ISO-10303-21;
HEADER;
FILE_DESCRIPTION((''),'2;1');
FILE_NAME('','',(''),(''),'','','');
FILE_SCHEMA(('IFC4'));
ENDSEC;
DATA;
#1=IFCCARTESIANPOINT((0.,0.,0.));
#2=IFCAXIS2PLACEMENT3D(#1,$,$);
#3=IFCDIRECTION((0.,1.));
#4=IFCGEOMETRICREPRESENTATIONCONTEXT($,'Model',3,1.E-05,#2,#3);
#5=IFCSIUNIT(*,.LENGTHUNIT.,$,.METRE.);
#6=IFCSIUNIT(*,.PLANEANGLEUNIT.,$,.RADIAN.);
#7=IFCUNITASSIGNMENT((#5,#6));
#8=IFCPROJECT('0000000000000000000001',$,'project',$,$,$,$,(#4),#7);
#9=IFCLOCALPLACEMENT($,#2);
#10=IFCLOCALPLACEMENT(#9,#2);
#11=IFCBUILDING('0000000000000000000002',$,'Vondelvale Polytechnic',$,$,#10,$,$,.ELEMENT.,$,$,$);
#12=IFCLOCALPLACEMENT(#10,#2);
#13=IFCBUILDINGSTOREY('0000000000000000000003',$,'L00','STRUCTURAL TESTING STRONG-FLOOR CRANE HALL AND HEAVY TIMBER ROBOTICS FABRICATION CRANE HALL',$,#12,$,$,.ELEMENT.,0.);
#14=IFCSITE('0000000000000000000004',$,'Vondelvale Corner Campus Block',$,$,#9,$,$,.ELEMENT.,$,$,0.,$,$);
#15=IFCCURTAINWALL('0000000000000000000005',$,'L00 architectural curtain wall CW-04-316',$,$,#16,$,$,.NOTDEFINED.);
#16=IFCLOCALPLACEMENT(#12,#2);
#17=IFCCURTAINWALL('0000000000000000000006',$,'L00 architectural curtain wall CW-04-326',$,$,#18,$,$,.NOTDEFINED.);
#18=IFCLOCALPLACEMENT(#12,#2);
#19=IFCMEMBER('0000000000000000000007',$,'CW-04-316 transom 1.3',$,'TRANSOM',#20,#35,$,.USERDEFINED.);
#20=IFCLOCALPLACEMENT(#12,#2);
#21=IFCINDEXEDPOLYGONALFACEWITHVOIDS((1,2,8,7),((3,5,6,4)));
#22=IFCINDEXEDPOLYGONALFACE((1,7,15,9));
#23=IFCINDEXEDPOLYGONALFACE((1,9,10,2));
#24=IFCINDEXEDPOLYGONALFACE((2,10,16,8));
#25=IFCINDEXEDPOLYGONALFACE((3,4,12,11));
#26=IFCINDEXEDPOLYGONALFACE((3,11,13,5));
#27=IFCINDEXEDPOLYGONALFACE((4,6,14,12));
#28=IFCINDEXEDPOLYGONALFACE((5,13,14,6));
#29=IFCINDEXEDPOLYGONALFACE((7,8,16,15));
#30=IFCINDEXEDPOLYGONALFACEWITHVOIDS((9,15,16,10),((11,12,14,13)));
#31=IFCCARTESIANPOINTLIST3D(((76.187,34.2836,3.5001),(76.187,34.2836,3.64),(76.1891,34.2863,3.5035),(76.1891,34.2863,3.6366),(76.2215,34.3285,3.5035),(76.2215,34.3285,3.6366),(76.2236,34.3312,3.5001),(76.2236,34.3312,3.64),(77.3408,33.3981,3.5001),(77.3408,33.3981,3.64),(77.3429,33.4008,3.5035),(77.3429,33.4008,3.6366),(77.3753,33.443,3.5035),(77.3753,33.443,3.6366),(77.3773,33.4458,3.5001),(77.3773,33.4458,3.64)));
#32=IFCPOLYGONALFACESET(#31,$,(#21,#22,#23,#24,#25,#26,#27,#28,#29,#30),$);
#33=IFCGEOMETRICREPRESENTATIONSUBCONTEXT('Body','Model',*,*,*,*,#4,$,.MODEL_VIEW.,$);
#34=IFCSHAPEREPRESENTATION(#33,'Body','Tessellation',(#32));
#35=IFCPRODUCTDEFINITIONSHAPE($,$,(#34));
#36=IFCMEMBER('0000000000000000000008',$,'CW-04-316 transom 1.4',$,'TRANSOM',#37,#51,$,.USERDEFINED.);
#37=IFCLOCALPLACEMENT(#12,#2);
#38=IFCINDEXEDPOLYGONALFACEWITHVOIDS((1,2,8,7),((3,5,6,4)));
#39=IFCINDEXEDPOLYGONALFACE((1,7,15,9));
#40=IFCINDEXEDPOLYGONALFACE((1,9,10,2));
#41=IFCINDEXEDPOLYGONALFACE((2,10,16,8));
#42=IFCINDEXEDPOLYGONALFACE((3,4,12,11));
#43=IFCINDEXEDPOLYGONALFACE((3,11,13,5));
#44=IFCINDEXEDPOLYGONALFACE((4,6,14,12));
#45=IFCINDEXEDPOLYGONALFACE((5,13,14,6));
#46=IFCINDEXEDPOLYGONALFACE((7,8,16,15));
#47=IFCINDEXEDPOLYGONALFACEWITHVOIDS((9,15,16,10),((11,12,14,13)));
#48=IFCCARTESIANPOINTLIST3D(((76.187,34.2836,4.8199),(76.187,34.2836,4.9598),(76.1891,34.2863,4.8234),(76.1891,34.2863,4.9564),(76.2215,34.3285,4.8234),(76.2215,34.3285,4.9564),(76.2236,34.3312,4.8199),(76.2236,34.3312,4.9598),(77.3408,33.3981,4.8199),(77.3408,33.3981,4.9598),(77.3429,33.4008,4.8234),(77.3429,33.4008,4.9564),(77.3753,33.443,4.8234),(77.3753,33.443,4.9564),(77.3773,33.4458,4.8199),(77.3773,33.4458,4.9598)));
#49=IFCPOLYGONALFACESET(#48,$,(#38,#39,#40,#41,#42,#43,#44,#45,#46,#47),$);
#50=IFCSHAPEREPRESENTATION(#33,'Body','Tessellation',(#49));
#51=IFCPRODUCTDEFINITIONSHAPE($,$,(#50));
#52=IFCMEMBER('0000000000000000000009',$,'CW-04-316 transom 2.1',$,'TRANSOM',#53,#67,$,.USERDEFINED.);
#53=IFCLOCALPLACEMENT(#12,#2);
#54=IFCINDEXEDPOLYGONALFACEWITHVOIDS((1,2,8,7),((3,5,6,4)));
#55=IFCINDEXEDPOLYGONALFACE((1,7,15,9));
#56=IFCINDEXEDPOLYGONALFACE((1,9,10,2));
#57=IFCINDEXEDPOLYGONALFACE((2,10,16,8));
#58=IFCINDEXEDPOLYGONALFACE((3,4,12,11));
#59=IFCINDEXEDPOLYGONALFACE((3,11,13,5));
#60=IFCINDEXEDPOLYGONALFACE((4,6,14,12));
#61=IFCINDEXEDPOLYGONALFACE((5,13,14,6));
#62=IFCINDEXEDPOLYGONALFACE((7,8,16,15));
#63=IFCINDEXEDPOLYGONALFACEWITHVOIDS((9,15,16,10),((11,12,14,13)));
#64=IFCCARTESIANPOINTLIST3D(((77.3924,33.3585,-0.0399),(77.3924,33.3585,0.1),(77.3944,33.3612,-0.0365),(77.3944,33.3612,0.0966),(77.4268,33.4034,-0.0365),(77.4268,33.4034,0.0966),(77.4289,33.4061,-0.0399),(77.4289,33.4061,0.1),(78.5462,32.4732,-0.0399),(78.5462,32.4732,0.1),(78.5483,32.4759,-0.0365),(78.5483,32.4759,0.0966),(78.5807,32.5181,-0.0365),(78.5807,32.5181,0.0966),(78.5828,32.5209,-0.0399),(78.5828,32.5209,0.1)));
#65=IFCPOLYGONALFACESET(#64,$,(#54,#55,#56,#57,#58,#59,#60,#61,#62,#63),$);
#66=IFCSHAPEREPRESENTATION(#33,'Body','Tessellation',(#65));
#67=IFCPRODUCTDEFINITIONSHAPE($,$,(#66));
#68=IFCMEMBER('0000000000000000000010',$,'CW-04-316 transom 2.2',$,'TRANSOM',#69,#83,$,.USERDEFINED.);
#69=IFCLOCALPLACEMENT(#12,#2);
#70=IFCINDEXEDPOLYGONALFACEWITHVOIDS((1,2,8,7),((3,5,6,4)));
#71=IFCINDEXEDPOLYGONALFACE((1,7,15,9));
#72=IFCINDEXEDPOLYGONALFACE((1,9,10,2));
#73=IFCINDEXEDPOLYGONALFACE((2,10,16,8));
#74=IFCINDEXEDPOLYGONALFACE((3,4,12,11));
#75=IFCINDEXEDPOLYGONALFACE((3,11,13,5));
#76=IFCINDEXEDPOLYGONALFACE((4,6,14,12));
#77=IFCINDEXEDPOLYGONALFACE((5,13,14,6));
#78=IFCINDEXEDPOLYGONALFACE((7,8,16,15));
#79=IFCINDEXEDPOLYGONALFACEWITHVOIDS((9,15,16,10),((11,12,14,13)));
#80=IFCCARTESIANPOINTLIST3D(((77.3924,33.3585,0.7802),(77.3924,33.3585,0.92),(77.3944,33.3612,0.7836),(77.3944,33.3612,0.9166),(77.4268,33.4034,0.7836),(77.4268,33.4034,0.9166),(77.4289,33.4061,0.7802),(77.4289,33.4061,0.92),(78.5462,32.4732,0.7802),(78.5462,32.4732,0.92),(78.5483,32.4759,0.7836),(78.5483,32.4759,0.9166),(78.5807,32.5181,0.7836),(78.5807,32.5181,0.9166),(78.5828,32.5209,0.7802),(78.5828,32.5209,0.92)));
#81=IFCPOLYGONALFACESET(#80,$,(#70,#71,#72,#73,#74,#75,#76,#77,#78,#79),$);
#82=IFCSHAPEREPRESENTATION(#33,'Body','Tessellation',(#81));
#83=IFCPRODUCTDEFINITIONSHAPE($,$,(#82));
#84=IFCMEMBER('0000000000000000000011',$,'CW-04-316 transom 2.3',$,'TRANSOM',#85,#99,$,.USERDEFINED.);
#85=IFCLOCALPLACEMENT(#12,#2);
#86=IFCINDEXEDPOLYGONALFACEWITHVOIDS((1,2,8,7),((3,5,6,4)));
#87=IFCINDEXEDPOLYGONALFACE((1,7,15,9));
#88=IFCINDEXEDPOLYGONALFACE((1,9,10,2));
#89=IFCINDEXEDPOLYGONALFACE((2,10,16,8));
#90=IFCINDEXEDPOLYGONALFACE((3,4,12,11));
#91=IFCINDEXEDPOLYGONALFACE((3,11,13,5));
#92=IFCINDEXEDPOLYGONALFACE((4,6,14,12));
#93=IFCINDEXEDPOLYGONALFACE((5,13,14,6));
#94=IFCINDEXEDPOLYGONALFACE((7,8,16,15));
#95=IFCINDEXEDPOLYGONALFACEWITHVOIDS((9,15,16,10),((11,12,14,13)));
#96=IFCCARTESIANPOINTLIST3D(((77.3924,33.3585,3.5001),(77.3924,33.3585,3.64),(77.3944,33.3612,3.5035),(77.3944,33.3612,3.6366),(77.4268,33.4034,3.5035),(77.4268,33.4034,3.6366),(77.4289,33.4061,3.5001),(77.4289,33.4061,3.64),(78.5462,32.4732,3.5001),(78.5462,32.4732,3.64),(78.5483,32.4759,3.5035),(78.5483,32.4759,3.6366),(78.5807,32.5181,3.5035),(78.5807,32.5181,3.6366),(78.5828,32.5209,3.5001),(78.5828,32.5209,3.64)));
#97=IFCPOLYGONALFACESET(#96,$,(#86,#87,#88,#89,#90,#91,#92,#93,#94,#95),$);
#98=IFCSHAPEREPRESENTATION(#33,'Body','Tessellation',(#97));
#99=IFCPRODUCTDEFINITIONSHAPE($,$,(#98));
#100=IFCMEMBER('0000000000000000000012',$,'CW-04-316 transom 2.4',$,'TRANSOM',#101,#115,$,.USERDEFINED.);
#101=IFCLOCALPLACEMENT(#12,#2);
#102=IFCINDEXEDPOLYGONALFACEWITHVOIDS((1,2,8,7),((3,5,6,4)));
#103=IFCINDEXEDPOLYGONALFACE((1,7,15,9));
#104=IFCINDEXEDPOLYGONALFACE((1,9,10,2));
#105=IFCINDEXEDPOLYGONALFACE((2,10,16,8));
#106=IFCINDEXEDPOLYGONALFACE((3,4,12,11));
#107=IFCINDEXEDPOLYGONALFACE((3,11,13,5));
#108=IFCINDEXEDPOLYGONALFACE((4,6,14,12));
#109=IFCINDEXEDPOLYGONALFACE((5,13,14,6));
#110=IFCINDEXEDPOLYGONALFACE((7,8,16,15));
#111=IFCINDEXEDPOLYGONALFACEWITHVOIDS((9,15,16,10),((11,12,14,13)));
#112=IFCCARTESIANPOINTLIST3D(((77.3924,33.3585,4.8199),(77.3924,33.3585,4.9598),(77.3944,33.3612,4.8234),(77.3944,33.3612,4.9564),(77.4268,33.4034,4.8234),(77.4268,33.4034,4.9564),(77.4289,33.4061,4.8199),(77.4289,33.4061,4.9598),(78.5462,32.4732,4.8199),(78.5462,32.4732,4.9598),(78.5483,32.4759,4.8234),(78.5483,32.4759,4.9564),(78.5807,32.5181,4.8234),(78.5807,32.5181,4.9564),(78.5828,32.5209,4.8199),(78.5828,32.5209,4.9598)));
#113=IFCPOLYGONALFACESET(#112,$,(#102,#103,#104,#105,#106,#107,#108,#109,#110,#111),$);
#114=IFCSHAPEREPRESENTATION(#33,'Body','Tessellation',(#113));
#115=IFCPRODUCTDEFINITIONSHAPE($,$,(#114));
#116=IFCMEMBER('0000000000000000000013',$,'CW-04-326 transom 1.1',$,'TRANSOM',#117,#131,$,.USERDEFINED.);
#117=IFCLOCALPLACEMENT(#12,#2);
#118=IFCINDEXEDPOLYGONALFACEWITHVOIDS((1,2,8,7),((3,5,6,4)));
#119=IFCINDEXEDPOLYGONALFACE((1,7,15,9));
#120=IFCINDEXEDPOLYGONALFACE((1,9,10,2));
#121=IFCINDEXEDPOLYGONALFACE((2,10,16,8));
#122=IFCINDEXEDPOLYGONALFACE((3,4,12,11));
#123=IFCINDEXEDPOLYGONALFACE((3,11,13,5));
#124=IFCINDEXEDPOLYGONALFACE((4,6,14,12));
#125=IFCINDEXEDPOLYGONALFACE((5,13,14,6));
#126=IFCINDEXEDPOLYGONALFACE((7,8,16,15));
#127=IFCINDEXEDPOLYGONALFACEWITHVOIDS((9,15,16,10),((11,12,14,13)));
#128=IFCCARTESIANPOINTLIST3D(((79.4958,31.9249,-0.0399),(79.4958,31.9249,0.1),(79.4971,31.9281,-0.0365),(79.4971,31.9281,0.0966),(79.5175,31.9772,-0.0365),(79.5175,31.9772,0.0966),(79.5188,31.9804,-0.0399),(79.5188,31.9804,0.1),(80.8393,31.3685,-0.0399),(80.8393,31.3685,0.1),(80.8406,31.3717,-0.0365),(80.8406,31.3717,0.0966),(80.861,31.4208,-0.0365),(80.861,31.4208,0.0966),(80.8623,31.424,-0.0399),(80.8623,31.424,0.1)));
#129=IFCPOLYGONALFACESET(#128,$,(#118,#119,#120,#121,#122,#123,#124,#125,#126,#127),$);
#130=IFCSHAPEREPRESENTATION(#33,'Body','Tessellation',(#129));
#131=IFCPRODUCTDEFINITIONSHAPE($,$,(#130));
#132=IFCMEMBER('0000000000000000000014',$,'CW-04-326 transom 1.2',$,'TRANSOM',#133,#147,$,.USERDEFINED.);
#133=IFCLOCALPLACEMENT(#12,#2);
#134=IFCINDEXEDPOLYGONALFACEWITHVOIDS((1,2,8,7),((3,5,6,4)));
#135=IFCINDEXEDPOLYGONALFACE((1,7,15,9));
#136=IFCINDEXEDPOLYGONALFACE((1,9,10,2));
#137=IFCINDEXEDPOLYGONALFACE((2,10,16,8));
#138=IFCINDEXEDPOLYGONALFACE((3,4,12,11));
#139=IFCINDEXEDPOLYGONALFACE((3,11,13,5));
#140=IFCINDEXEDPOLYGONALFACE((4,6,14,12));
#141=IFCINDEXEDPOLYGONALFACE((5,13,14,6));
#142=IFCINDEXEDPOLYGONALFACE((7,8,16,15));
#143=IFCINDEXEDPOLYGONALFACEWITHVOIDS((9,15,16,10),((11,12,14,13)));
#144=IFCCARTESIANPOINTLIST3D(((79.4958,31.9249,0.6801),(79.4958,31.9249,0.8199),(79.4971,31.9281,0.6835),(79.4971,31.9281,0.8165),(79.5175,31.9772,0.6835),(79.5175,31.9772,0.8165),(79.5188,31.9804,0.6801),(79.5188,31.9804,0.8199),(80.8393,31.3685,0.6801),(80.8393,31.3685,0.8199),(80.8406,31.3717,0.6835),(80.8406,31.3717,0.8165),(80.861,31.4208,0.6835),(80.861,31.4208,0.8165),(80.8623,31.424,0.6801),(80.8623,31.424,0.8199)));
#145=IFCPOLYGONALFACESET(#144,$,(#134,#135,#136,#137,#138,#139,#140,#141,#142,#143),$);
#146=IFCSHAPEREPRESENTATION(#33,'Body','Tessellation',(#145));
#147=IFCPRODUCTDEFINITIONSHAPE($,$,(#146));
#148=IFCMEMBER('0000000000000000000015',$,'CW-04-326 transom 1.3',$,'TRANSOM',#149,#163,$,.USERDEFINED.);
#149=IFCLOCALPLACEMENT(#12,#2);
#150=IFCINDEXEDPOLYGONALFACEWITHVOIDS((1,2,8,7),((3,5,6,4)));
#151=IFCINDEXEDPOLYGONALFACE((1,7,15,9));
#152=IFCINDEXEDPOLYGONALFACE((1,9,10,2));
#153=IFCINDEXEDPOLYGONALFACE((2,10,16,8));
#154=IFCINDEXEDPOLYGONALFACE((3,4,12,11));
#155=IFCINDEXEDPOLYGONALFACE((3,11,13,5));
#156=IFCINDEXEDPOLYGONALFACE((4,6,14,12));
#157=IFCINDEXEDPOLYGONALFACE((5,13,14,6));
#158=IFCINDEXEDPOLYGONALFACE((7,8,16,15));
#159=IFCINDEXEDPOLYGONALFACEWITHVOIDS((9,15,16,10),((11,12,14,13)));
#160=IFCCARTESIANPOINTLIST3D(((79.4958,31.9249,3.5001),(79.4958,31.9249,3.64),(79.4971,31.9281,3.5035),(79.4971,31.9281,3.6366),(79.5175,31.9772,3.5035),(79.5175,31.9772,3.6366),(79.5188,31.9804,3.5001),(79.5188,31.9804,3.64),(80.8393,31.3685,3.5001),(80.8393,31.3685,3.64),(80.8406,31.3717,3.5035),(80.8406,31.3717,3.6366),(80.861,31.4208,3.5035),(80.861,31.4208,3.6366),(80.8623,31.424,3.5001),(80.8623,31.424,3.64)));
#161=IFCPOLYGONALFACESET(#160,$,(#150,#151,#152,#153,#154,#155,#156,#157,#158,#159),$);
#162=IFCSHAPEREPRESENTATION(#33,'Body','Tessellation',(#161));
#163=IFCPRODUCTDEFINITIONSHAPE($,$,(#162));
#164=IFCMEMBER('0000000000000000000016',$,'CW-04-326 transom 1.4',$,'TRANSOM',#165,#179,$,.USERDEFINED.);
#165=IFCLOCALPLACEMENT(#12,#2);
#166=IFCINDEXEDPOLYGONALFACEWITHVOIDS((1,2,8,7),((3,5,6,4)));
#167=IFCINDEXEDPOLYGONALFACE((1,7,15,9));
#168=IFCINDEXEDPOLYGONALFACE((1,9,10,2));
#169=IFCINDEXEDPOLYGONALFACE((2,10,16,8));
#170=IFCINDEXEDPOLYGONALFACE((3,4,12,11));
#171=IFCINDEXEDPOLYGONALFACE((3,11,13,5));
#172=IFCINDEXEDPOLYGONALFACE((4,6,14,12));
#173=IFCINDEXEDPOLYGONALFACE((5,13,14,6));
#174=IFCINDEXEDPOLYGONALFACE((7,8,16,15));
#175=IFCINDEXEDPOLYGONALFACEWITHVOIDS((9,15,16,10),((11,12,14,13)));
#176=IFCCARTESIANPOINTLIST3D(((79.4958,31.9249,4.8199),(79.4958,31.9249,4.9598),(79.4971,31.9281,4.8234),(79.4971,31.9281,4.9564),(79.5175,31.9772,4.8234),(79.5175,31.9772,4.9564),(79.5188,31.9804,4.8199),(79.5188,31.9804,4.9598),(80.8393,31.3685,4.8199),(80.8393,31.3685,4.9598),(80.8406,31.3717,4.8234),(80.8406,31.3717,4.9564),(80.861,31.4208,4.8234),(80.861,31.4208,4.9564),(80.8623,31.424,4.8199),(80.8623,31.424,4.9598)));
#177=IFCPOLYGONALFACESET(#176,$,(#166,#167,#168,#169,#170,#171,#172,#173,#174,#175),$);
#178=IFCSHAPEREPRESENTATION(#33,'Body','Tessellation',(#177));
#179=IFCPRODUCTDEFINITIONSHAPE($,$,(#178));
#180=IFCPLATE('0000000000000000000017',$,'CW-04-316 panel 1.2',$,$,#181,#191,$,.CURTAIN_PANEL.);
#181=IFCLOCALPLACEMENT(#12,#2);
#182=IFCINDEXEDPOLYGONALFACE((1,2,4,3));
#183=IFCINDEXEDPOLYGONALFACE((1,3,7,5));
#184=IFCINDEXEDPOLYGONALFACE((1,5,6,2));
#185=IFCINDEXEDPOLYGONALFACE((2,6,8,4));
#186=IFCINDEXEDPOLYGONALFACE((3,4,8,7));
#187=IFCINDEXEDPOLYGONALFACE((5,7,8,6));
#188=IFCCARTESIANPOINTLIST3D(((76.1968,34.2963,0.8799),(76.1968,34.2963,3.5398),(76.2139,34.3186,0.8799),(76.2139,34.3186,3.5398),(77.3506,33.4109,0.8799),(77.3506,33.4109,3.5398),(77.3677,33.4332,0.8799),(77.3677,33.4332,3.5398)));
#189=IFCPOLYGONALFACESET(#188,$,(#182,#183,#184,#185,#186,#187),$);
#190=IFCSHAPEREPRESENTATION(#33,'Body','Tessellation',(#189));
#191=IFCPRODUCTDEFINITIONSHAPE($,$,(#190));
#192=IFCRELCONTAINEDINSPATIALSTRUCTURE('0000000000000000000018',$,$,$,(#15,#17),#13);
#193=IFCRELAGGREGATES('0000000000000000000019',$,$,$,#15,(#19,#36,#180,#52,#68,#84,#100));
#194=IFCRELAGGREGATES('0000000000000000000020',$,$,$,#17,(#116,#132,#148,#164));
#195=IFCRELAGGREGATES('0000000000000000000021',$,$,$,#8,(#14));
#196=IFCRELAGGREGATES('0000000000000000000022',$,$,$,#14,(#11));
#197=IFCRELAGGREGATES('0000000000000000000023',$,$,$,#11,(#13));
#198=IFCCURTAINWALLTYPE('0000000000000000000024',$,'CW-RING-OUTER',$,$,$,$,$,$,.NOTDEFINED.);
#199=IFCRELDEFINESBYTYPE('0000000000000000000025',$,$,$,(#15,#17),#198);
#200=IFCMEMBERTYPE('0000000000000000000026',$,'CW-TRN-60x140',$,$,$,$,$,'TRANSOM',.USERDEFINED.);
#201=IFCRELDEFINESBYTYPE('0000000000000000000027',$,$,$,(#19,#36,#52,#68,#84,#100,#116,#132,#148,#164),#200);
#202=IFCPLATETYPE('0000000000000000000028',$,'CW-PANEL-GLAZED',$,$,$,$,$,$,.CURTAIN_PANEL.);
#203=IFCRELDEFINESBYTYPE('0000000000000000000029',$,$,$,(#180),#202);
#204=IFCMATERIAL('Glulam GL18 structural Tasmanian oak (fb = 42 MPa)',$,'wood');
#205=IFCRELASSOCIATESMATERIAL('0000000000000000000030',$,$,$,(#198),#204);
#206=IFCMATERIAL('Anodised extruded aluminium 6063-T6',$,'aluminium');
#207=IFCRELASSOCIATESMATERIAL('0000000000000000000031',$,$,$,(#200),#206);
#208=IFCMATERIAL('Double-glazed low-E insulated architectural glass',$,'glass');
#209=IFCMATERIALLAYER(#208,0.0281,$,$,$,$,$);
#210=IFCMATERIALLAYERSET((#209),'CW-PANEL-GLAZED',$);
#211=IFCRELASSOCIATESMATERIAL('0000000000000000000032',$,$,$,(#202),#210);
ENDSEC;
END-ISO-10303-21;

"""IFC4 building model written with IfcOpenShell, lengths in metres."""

from ifc_helpers import new_model, si_unit, direction, frame, origin, origin_2d, place, context, subcontext, project, spatial, rectangle, hollow_rectangle, extrude, material, layer, layer_set, material_profile, profile_set, type_object, element, aggregate, save


model = new_model("IFC4")

# Units and contexts
model_context = context("Model", 3, precision=1e-05, world=origin(), true_north=direction((0.0, 1.0)))
body_context = subcontext(model_context, "Body", "Model", "MODEL_VIEW")
ifc_project = project(units=[si_unit("LENGTHUNIT", "METRE"), si_unit("PLANEANGLEUNIT", "RADIAN")], contexts=[model_context])

# Site, building, storey
site_placement = place(None, origin())
site = spatial("IfcSite", under=ifc_project, at=site_placement, Name="Vondelvale Corner Campus Block", CompositionType="ELEMENT", RefElevation=0.0)
building_placement = place(site_placement, origin())
building = spatial("IfcBuilding", under=site, at=building_placement, Name="Vondelvale Polytechnic", CompositionType="ELEMENT")
storey_placement = place(building_placement, origin())
storey = spatial("IfcBuildingStorey", under=building, at=storey_placement, Name="L00", Description="STRUCTURAL TESTING STRONG-FLOOR CRANE HALL AND HEAVY TIMBER ROBOTICS FABRICATION CRANE HALL", CompositionType="ELEMENT", Elevation=0.0)

# Shared definitions
ifc_material_1 = material(Name="Glulam GL18 structural Tasmanian oak (fb = 42 MPa)", Category="wood")

# Curtain wall
curtain_wall_type = type_object("IfcCurtainWallType", Name="CW-RING-OUTER", PredefinedType="NOTDEFINED", material=ifc_material_1)
curtain_wall_1_placement = place(storey_placement, origin())
curtain_wall_1 = element("IfcCurtainWall", 1, at=curtain_wall_1_placement, inside=storey, type_object=curtain_wall_type, Name="L00 architectural curtain wall CW-04-316", PredefinedType="NOTDEFINED")
ifc_material_2 = material(Name="Anodised extruded aluminium 6063-T6", Category="aluminium")

# Curtain wall
curtain_wall_2_placement = place(storey_placement, origin())
curtain_wall_2 = element("IfcCurtainWall", 2, at=curtain_wall_2_placement, inside=storey, type_object=curtain_wall_type, Name="L00 architectural curtain wall CW-04-326", PredefinedType="NOTDEFINED")

# Members
ifc_material_profile_1 = material_profile(ifc_material_2, hollow_rectangle(XDim=0.0601, YDim=0.1399, WallThickness=0.0034, at=origin_2d()), Name="CW-TRN-140x60")
ifc_profile_set_1 = profile_set([ifc_material_profile_1], Name="Anodised extruded aluminium 6063-T6")
member_type_1 = type_object("IfcMemberType", Name="CW-TRN-60x140", ElementType="TRANSOM", PredefinedType="USERDEFINED", material=ifc_profile_set_1)
member_1_placement = place(storey_placement, frame((76.2053, 34.3074, 3.5701), z_axis=(0.793304, -0.608826, 0.0), x_axis=(0.608826, 0.793304, 0.0)))
member_1 = element("IfcMember", 3, at=member_1_placement, type_object=member_type_1, Name="CW-04-316 transom 1.3", ObjectType="TRANSOM", PredefinedType="USERDEFINED", context=body_context, shape_type="SweptSolid", body=[
    extrude(hollow_rectangle(XDim=0.0601, YDim=0.1399, WallThickness=0.0034, at=origin_2d()), origin(), (0.0, 0.0, 1.0), 1.4543),
])
member_2_placement = place(storey_placement, frame((76.2053, 34.3074, 4.8899), z_axis=(0.793304, -0.608826, 0.0), x_axis=(0.608826, 0.793304, 0.0)))
member_2 = element("IfcMember", 4, at=member_2_placement, type_object=member_type_1, Name="CW-04-316 transom 1.4", ObjectType="TRANSOM", PredefinedType="USERDEFINED", context=body_context, shape_type="SweptSolid", body=[
    extrude(hollow_rectangle(XDim=0.0601, YDim=0.1399, WallThickness=0.0034, at=origin_2d()), origin(), (0.0, 0.0, 1.0), 1.4543),
])
member_3_placement = place(storey_placement, frame((77.4106, 33.3823, 0.03), z_axis=(0.793385, -0.608721, 0.0), x_axis=(0.608721, 0.793385, 0.0)))
member_3 = element("IfcMember", 5, at=member_3_placement, type_object=member_type_1, Name="CW-04-316 transom 2.1", ObjectType="TRANSOM", PredefinedType="USERDEFINED", context=body_context, shape_type="SweptSolid", body=[
    extrude(hollow_rectangle(XDim=0.0601, YDim=0.1399, WallThickness=0.0034, at=origin_2d()), origin(), (0.0, 0.0, 1.0), 1.4543),
])
member_4_placement = place(storey_placement, frame((77.4106, 33.3823, 0.8501), z_axis=(0.793385, -0.608721, 0.0), x_axis=(0.608721, 0.793385, 0.0)))
member_4 = element("IfcMember", 6, at=member_4_placement, type_object=member_type_1, Name="CW-04-316 transom 2.2", ObjectType="TRANSOM", PredefinedType="USERDEFINED", context=body_context, shape_type="SweptSolid", body=[
    extrude(hollow_rectangle(XDim=0.0601, YDim=0.1399, WallThickness=0.0034, at=origin_2d()), origin(), (0.0, 0.0, 1.0), 1.4543),
])
member_5_placement = place(storey_placement, frame((77.4106, 33.3823, 3.5701), z_axis=(0.793385, -0.608721, 0.0), x_axis=(0.608721, 0.793385, 0.0)))
member_5 = element("IfcMember", 7, at=member_5_placement, type_object=member_type_1, Name="CW-04-316 transom 2.3", ObjectType="TRANSOM", PredefinedType="USERDEFINED", context=body_context, shape_type="SweptSolid", body=[
    extrude(hollow_rectangle(XDim=0.0601, YDim=0.1399, WallThickness=0.0034, at=origin_2d()), origin(), (0.0, 0.0, 1.0), 1.4543),
])
member_6_placement = place(storey_placement, frame((77.4106, 33.3823, 4.8899), z_axis=(0.793385, -0.608721, 0.0), x_axis=(0.608721, 0.793385, 0.0)))
member_6 = element("IfcMember", 8, at=member_6_placement, type_object=member_type_1, Name="CW-04-316 transom 2.4", ObjectType="TRANSOM", PredefinedType="USERDEFINED", context=body_context, shape_type="SweptSolid", body=[
    extrude(hollow_rectangle(XDim=0.0601, YDim=0.1399, WallThickness=0.0034, at=origin_2d()), origin(), (0.0, 0.0, 1.0), 1.4543),
])
member_7_placement = place(storey_placement, frame((79.5073, 31.9526, 0.03), z_axis=(0.923904, -0.382624, 0.0), x_axis=(0.382624, 0.923904, 0.0)))
member_7 = element("IfcMember", 9, at=member_7_placement, type_object=member_type_1, Name="CW-04-326 transom 1.1", ObjectType="TRANSOM", PredefinedType="USERDEFINED", context=body_context, shape_type="SweptSolid", body=[
    extrude(hollow_rectangle(XDim=0.0601, YDim=0.1399, WallThickness=0.0034, at=origin_2d()), origin(), (0.0, 0.0, 1.0), 1.4541),
])
member_8_placement = place(storey_placement, frame((79.5073, 31.9526, 0.75), z_axis=(0.923904, -0.382624, 0.0), x_axis=(0.382624, 0.923904, 0.0)))
member_8 = element("IfcMember", 10, at=member_8_placement, type_object=member_type_1, Name="CW-04-326 transom 1.2", ObjectType="TRANSOM", PredefinedType="USERDEFINED", context=body_context, shape_type="SweptSolid", body=[
    extrude(hollow_rectangle(XDim=0.0601, YDim=0.1399, WallThickness=0.0034, at=origin_2d()), origin(), (0.0, 0.0, 1.0), 1.4541),
])
member_9_placement = place(storey_placement, frame((79.5073, 31.9526, 3.5701), z_axis=(0.923904, -0.382624, 0.0), x_axis=(0.382624, 0.923904, 0.0)))
member_9 = element("IfcMember", 11, at=member_9_placement, type_object=member_type_1, Name="CW-04-326 transom 1.3", ObjectType="TRANSOM", PredefinedType="USERDEFINED", context=body_context, shape_type="SweptSolid", body=[
    extrude(hollow_rectangle(XDim=0.0601, YDim=0.1399, WallThickness=0.0034, at=origin_2d()), origin(), (0.0, 0.0, 1.0), 1.4541),
])
member_10_placement = place(storey_placement, frame((79.5073, 31.9526, 4.8899), z_axis=(0.923904, -0.382624, 0.0), x_axis=(0.382624, 0.923904, 0.0)))
member_10 = element("IfcMember", 12, at=member_10_placement, type_object=member_type_1, Name="CW-04-326 transom 1.4", ObjectType="TRANSOM", PredefinedType="USERDEFINED", context=body_context, shape_type="SweptSolid", body=[
    extrude(hollow_rectangle(XDim=0.0601, YDim=0.1399, WallThickness=0.0034, at=origin_2d()), origin(), (0.0, 0.0, 1.0), 1.4541),
])

# Plate
ifc_material_3 = material(Name="Double-glazed low-E insulated architectural glass", Category="glass")
ifc_layer_1 = layer(ifc_material_3, 0.0281)
ifc_layer_set_1 = layer_set([ifc_layer_1], Name="CW-PANEL-GLAZED")
plate_type_1 = type_object("IfcPlateType", Name="CW-PANEL-GLAZED", PredefinedType="CURTAIN_PANEL", material=ifc_layer_set_1)
plate_1_placement = place(storey_placement, frame((76.7822, 33.8647, 0.8799), z_axis=(0.0, 0.0, 1.0), x_axis=(0.793352, -0.608764, 0.0)))
plate_1 = element("IfcPlate", 13, at=plate_1_placement, type_object=plate_type_1, Name="CW-04-316 panel 1.2", PredefinedType="CURTAIN_PANEL", context=body_context, shape_type="SweptSolid", body=[
    extrude(rectangle(XDim=1.4543, YDim=0.0281, at=origin_2d()), origin(), (0.0, 0.0, 1.0), 2.6599),
])
aggregate(curtain_wall_1, [member_1, member_2, plate_1, member_3, member_4, member_5, member_6])
aggregate(curtain_wall_2, [member_7, member_8, member_9, member_10])

save(model, "model.ifc")
